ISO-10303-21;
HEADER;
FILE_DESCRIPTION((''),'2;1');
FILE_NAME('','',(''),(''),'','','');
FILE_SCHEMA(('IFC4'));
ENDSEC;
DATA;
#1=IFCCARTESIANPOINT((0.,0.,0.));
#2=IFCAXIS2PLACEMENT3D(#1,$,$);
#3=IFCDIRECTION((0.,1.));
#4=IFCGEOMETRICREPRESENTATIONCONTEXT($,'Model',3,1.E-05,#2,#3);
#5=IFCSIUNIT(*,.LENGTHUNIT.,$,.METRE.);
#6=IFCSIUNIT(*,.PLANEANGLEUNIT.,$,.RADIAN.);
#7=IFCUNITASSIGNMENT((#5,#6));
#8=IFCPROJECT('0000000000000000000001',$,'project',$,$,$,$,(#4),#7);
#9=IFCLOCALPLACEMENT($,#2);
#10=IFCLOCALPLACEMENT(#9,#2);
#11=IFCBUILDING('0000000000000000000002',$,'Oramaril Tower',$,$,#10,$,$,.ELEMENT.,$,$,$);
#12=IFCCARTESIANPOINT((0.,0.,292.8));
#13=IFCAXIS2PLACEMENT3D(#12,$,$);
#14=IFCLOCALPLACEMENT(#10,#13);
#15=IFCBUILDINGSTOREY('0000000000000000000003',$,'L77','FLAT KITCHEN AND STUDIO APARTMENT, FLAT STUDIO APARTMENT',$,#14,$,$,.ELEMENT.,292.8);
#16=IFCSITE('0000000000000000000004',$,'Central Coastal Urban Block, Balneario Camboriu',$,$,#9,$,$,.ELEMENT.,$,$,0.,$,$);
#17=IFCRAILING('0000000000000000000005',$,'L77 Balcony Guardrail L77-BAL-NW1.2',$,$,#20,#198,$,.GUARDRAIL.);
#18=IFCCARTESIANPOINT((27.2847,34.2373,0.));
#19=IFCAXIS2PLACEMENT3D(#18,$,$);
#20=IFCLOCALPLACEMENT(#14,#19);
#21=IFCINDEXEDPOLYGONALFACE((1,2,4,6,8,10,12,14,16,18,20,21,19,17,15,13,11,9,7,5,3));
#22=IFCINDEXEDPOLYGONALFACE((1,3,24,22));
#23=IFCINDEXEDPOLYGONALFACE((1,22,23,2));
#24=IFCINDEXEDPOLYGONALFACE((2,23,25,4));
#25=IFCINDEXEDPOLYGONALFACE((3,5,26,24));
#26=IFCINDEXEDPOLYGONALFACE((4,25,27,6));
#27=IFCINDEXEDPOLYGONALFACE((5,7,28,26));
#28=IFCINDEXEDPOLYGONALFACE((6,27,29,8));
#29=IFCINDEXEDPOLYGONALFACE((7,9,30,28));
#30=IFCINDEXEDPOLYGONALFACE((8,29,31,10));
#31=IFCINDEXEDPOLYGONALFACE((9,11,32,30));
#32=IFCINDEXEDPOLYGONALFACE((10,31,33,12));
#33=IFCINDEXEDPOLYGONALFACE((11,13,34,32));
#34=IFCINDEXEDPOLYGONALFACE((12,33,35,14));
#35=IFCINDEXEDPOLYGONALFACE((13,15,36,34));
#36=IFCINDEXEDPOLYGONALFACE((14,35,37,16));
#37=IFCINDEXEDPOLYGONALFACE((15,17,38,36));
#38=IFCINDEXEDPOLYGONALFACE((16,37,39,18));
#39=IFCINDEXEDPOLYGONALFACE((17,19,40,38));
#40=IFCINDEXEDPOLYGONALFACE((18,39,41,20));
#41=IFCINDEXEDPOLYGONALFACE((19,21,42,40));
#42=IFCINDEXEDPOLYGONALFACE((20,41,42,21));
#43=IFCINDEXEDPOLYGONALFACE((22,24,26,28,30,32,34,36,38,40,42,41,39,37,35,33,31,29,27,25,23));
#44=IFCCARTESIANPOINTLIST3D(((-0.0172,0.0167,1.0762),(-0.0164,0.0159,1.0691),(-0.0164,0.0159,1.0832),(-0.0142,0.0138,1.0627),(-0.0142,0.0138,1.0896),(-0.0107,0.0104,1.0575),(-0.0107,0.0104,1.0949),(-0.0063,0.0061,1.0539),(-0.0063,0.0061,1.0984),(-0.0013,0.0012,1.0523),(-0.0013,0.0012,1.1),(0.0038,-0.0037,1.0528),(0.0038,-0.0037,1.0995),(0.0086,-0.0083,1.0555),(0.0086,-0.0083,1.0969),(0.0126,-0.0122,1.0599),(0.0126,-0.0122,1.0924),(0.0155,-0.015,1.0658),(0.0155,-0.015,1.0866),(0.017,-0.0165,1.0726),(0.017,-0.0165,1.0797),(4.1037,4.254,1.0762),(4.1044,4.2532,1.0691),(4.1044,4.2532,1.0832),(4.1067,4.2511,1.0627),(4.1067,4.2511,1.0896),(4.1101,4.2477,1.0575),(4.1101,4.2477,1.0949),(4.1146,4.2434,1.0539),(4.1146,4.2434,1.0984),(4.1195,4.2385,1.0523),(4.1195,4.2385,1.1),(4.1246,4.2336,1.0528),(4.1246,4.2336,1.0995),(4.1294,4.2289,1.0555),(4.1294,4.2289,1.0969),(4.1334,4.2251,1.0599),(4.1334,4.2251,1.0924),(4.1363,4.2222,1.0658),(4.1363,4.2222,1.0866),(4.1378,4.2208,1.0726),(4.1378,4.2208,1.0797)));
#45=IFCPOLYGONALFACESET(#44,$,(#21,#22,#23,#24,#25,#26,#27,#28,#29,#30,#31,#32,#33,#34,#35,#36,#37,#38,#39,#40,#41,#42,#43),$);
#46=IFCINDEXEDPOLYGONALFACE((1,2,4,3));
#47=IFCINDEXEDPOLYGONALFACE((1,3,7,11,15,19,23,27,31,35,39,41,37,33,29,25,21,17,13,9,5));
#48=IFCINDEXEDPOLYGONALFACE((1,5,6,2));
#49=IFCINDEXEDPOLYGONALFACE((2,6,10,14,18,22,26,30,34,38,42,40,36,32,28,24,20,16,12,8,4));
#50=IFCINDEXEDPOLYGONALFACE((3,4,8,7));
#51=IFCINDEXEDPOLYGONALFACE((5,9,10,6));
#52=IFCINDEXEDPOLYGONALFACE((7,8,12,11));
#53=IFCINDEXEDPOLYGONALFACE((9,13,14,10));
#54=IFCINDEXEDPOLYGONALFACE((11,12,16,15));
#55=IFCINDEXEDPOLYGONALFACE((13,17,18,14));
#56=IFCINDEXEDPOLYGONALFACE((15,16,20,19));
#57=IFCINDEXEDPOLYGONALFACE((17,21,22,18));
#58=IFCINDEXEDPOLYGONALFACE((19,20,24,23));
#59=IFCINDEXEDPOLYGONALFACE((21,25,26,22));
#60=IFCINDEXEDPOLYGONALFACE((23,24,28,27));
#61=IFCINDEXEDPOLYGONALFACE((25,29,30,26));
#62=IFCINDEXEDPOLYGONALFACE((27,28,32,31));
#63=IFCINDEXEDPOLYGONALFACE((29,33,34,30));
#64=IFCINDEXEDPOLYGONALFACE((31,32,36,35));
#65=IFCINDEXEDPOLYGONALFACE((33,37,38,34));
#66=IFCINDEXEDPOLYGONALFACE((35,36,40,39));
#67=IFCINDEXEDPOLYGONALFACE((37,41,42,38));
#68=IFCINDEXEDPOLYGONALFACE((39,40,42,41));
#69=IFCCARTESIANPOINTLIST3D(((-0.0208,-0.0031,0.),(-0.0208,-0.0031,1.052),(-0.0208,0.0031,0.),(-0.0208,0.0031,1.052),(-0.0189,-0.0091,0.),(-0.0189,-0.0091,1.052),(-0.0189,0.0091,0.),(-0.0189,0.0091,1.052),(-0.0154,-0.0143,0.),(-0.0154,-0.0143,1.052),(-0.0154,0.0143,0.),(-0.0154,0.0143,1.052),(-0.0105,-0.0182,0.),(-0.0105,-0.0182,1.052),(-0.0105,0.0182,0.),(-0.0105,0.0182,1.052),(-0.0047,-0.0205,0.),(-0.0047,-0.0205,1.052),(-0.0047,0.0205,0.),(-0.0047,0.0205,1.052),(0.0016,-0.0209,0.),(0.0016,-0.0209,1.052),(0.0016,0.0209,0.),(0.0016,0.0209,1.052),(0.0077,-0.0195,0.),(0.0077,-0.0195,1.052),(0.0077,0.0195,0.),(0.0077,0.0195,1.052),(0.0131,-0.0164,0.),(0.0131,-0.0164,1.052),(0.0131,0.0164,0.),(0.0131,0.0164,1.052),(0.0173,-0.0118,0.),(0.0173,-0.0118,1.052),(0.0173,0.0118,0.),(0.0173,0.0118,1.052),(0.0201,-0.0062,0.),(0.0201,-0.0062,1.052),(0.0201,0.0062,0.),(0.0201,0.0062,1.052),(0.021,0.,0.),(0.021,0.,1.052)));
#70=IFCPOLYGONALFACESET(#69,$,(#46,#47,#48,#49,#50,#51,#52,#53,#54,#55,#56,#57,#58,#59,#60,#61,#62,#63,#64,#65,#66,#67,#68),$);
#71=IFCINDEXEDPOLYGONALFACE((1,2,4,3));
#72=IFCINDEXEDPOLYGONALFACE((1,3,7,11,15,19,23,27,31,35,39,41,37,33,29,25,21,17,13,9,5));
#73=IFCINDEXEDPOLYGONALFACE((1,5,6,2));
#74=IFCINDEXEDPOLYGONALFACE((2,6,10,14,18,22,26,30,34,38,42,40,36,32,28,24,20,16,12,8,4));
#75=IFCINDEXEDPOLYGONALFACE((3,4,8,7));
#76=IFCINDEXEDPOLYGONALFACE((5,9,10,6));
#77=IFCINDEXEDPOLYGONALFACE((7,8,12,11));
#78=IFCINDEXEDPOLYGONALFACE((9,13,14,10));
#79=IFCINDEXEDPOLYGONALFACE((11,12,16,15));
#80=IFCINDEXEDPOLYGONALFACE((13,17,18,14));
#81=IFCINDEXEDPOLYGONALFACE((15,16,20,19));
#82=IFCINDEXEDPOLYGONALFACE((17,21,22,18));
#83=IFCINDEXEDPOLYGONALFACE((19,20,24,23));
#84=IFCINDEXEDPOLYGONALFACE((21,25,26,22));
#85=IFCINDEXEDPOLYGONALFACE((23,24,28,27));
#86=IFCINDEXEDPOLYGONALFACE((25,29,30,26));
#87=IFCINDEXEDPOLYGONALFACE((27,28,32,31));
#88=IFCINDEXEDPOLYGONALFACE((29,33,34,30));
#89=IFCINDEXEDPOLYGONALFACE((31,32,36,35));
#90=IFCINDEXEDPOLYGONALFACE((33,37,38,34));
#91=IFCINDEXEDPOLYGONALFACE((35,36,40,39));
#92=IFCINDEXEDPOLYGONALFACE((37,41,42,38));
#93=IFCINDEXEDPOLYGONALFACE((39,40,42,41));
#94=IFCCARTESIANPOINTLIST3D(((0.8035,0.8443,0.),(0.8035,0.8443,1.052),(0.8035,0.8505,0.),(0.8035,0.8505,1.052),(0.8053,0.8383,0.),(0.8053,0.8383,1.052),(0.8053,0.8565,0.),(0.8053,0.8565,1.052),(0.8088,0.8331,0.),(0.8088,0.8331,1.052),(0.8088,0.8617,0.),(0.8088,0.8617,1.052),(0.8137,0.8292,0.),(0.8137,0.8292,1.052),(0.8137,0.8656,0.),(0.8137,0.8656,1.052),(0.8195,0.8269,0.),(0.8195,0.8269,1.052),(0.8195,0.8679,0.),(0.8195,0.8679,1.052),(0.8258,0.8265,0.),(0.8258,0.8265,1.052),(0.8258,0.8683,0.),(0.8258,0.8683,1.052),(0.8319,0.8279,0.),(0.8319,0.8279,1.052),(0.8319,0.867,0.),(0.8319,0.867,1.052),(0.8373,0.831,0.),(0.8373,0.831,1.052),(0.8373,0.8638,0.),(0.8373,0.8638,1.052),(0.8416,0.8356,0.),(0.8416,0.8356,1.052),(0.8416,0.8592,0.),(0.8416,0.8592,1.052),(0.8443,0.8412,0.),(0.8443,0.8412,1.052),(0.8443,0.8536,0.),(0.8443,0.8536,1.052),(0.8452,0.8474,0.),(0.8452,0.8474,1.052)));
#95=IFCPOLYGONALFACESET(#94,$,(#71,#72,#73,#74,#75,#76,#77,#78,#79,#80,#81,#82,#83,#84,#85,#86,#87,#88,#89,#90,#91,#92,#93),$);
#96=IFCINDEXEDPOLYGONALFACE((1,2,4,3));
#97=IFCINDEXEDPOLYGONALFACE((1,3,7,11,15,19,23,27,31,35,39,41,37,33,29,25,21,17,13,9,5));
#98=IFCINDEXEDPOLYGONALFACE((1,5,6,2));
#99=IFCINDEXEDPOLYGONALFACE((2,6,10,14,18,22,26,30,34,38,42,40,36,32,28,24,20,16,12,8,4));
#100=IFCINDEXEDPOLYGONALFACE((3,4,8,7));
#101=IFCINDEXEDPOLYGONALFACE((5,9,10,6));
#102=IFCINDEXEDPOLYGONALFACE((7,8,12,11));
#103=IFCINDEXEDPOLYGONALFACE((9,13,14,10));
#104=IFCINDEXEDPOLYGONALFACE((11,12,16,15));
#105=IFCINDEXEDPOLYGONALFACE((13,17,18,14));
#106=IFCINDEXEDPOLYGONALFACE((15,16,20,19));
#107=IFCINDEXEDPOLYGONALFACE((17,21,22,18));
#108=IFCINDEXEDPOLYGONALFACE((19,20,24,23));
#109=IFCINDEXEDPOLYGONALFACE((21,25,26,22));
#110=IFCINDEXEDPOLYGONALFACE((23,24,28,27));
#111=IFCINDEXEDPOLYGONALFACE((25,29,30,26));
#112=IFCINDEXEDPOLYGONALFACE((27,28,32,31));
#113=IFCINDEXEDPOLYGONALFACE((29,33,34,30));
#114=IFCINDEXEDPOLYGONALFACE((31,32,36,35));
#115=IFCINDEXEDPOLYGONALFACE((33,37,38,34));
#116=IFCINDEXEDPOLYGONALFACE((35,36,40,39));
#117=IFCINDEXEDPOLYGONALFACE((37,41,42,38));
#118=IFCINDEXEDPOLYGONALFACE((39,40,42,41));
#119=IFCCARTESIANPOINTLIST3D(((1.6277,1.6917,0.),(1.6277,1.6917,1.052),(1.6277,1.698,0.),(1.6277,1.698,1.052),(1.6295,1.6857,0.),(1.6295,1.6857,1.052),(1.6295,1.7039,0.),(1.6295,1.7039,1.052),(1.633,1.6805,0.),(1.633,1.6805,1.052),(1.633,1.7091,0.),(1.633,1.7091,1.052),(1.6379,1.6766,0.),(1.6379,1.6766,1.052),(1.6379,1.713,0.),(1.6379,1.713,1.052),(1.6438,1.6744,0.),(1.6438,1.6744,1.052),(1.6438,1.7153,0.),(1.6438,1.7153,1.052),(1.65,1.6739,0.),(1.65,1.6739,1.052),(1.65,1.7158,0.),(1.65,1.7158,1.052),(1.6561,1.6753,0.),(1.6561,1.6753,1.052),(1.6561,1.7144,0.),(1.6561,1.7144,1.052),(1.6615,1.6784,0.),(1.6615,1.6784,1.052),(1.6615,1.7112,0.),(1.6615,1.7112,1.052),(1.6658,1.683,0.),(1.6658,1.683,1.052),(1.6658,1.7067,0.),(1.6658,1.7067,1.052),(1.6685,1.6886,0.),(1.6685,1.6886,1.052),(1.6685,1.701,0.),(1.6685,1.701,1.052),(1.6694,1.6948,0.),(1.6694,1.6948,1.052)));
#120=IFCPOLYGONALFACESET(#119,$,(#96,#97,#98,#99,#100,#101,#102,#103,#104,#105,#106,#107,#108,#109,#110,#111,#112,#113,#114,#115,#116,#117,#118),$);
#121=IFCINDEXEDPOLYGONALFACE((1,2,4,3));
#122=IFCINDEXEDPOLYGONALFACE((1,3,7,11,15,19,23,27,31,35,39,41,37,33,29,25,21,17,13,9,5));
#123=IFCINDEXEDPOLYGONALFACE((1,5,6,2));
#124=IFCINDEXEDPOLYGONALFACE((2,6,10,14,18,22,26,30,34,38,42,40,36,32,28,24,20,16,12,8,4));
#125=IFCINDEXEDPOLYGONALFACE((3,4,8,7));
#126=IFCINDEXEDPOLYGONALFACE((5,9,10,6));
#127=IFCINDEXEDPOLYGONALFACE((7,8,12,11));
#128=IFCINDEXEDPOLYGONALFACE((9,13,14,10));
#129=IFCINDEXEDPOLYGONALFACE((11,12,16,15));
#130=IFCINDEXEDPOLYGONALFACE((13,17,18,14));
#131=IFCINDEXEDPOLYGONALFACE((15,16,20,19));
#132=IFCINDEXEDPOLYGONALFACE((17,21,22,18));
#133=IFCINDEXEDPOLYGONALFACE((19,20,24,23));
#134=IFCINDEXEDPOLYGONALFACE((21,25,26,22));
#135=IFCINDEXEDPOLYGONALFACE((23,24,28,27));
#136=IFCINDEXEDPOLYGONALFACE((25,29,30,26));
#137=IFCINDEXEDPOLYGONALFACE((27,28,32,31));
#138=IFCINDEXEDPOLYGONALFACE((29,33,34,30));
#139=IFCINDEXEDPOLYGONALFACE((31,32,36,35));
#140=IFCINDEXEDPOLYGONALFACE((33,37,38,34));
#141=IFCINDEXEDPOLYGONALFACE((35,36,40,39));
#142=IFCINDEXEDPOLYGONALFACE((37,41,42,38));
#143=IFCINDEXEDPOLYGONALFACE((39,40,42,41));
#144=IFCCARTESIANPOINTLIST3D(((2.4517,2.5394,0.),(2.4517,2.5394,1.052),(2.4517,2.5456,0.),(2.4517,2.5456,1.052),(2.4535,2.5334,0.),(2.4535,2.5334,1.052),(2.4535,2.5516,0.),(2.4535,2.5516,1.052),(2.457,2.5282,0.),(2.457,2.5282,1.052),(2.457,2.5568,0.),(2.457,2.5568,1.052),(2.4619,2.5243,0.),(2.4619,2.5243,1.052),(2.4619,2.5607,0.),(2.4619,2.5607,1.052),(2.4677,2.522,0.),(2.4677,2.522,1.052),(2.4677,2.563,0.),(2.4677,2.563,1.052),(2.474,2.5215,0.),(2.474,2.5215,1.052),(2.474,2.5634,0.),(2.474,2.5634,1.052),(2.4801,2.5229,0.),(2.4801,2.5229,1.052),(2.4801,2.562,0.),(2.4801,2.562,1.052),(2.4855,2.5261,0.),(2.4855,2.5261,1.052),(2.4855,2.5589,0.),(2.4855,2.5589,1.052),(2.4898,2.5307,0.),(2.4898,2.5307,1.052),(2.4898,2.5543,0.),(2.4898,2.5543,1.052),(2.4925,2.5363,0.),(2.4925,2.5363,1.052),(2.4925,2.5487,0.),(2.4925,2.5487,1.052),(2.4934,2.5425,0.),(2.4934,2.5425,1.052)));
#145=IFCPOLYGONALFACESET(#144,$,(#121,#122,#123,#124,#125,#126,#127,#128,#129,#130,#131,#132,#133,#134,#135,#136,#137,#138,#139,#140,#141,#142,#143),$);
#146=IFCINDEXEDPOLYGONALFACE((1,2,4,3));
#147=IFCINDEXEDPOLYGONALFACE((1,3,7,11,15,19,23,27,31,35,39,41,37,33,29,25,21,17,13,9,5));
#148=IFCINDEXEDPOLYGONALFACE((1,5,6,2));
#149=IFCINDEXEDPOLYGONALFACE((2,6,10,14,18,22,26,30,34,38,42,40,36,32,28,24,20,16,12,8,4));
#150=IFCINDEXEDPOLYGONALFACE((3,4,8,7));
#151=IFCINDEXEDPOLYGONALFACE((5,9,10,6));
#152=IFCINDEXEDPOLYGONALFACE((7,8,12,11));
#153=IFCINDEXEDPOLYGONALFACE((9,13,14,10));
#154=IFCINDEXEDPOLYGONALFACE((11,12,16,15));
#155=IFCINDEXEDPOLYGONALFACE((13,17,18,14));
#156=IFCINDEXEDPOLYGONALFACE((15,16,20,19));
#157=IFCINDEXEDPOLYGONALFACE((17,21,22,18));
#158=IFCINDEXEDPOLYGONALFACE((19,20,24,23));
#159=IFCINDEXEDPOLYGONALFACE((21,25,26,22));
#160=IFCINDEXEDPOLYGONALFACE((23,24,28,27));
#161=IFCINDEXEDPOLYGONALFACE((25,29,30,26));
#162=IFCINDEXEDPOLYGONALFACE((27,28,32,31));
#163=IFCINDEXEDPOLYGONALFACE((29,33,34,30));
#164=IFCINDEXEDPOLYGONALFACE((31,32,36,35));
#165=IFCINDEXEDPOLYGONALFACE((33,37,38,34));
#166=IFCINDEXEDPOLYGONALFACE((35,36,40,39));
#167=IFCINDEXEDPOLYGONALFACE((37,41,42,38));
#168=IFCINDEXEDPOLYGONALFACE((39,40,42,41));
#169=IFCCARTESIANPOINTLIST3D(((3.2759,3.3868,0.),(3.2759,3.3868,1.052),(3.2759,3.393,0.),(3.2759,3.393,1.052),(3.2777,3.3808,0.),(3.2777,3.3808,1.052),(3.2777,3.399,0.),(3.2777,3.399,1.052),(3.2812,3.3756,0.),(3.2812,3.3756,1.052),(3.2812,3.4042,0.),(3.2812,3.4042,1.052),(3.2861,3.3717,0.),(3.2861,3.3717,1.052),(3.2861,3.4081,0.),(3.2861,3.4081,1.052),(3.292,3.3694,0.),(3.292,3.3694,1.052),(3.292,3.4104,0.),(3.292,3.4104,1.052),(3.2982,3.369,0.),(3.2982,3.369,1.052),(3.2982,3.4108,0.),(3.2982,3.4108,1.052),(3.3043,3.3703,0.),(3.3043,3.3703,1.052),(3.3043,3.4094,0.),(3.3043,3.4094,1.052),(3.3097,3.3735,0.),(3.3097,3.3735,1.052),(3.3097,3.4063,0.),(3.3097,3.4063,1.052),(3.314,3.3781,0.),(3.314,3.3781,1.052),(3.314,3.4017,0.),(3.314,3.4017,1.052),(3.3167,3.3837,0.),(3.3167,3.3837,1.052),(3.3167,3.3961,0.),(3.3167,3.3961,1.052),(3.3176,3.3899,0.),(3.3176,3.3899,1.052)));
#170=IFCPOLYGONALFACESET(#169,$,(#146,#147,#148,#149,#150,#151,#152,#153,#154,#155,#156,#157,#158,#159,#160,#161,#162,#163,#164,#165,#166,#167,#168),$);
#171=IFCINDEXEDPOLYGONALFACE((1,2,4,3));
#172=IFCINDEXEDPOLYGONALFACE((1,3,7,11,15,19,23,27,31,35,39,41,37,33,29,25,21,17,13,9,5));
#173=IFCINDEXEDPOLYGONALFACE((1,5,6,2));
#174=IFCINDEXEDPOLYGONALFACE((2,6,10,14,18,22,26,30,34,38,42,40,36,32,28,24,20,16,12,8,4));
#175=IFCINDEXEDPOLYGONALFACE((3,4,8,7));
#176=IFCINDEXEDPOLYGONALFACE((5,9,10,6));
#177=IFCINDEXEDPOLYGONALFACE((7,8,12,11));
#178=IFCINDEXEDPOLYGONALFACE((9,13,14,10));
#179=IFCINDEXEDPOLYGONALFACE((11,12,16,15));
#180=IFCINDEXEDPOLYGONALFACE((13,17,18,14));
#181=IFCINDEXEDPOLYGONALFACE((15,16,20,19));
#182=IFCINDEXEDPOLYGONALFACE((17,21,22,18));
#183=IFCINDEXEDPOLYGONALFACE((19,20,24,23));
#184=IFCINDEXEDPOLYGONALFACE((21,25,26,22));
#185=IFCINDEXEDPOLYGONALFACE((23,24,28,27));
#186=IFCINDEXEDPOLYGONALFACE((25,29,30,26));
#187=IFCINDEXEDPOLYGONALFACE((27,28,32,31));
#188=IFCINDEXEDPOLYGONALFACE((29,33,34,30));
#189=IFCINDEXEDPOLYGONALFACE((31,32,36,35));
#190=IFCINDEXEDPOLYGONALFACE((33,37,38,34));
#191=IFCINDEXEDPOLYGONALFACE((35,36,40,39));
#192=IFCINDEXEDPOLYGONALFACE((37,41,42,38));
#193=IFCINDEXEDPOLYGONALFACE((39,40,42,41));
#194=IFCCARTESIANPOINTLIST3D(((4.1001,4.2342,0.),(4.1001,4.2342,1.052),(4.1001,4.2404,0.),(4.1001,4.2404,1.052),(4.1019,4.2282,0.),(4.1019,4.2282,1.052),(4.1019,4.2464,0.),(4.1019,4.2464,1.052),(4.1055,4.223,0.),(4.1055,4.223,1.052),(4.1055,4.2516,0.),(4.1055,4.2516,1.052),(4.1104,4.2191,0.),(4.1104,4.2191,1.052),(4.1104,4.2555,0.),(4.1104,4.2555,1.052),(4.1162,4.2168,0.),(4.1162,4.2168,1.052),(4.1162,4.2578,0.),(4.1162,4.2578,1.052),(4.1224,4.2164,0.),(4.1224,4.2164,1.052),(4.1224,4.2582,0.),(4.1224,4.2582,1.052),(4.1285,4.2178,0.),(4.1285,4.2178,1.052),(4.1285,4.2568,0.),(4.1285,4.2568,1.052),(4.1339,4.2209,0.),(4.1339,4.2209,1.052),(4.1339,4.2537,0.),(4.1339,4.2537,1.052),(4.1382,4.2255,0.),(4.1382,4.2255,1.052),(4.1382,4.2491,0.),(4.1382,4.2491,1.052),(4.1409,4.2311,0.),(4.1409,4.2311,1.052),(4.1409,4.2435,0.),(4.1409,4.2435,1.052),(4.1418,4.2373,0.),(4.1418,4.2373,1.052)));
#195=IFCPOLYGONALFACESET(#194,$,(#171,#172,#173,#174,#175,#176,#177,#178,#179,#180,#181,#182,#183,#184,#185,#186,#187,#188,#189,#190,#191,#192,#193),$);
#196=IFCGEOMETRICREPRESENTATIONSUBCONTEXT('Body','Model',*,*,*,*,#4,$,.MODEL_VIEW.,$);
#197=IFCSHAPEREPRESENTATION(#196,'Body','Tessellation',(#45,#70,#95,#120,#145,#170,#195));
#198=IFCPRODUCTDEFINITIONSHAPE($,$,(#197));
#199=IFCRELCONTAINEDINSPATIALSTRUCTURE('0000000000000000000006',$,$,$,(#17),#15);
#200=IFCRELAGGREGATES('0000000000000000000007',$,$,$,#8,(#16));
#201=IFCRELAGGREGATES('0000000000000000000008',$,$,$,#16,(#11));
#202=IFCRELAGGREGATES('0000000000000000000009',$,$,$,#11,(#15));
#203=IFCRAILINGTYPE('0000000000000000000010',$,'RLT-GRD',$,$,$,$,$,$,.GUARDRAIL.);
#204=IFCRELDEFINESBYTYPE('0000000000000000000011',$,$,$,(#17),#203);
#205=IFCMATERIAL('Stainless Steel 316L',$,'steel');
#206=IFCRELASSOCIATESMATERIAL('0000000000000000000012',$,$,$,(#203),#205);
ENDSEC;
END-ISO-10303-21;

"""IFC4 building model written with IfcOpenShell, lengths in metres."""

from ifc_helpers import new_model, si_unit, direction, frame, origin, origin_2d, place, context, subcontext, project, spatial, circle, extrude, material, type_object, element, save


model = new_model("IFC4")

# Units and contexts
model_context = context("Model", 3, precision=1e-05, world=origin(), true_north=direction((0.0, 1.0)))
body_context = subcontext(model_context, "Body", "Model", "MODEL_VIEW")
ifc_project = project(units=[si_unit("LENGTHUNIT", "METRE"), si_unit("PLANEANGLEUNIT", "RADIAN")], contexts=[model_context])

# Site, building, storey
site_placement = place(None, origin())
site = spatial("IfcSite", under=ifc_project, at=site_placement, Name="Central Coastal Urban Block, Balneario Camboriu", CompositionType="ELEMENT", RefElevation=0.0)
building_placement = place(site_placement, origin())
building = spatial("IfcBuilding", under=site, at=building_placement, Name="Oramaril Tower", CompositionType="ELEMENT")
storey_placement = place(building_placement, frame((0.0, 0.0, 292.8)))
storey = spatial("IfcBuildingStorey", under=building, at=storey_placement, Name="L77", Description="FLAT KITCHEN AND STUDIO APARTMENT, FLAT STUDIO APARTMENT", CompositionType="ELEMENT", Elevation=292.8)

# Railing
ifc_material_1 = material(Name="Stainless Steel 316L", Category="steel")
railing_type = type_object("IfcRailingType", Name="RLT-GRD", PredefinedType="GUARDRAIL", material=ifc_material_1)
railing_1_placement = place(storey_placement, frame((27.2847, 34.2373, 0.0)))
element("IfcRailing", 1, at=railing_1_placement, inside=storey, type_object=railing_type, Name="L77 Balcony Guardrail L77-BAL-NW1.2", PredefinedType="GUARDRAIL", context=body_context, shape_type="SweptSolid", body=[
    extrude(circle(Radius=0.0239, at=origin_2d()), frame((0.0, 0.0, 1.0762), z_axis=(0.697187, 0.716889, 0.0), x_axis=(-0.716889, 0.697187, 0.0)), (0.0, 0.0, 1.0), 5.9106),
    extrude(circle(Radius=0.021, at=origin_2d()), origin(), (0.0, 0.0, 1.0), 1.052),
    extrude(circle(Radius=0.021, at=origin_2d()), frame((0.8242, 0.8474, 0.0)), (0.0, 0.0, 1.0), 1.052),
    extrude(circle(Radius=0.021, at=origin_2d()), frame((1.6484, 1.6948, 0.0)), (0.0, 0.0, 1.0), 1.052),
    extrude(circle(Radius=0.021, at=origin_2d()), frame((2.4724, 2.5425, 0.0)), (0.0, 0.0, 1.0), 1.052),
    extrude(circle(Radius=0.021, at=origin_2d()), frame((3.2966, 3.3899, 0.0)), (0.0, 0.0, 1.0), 1.052),
    extrude(circle(Radius=0.021, at=origin_2d()), frame((4.1208, 4.2373, 0.0)), (0.0, 0.0, 1.0), 1.052),
])

save(model, "model.ifc")
